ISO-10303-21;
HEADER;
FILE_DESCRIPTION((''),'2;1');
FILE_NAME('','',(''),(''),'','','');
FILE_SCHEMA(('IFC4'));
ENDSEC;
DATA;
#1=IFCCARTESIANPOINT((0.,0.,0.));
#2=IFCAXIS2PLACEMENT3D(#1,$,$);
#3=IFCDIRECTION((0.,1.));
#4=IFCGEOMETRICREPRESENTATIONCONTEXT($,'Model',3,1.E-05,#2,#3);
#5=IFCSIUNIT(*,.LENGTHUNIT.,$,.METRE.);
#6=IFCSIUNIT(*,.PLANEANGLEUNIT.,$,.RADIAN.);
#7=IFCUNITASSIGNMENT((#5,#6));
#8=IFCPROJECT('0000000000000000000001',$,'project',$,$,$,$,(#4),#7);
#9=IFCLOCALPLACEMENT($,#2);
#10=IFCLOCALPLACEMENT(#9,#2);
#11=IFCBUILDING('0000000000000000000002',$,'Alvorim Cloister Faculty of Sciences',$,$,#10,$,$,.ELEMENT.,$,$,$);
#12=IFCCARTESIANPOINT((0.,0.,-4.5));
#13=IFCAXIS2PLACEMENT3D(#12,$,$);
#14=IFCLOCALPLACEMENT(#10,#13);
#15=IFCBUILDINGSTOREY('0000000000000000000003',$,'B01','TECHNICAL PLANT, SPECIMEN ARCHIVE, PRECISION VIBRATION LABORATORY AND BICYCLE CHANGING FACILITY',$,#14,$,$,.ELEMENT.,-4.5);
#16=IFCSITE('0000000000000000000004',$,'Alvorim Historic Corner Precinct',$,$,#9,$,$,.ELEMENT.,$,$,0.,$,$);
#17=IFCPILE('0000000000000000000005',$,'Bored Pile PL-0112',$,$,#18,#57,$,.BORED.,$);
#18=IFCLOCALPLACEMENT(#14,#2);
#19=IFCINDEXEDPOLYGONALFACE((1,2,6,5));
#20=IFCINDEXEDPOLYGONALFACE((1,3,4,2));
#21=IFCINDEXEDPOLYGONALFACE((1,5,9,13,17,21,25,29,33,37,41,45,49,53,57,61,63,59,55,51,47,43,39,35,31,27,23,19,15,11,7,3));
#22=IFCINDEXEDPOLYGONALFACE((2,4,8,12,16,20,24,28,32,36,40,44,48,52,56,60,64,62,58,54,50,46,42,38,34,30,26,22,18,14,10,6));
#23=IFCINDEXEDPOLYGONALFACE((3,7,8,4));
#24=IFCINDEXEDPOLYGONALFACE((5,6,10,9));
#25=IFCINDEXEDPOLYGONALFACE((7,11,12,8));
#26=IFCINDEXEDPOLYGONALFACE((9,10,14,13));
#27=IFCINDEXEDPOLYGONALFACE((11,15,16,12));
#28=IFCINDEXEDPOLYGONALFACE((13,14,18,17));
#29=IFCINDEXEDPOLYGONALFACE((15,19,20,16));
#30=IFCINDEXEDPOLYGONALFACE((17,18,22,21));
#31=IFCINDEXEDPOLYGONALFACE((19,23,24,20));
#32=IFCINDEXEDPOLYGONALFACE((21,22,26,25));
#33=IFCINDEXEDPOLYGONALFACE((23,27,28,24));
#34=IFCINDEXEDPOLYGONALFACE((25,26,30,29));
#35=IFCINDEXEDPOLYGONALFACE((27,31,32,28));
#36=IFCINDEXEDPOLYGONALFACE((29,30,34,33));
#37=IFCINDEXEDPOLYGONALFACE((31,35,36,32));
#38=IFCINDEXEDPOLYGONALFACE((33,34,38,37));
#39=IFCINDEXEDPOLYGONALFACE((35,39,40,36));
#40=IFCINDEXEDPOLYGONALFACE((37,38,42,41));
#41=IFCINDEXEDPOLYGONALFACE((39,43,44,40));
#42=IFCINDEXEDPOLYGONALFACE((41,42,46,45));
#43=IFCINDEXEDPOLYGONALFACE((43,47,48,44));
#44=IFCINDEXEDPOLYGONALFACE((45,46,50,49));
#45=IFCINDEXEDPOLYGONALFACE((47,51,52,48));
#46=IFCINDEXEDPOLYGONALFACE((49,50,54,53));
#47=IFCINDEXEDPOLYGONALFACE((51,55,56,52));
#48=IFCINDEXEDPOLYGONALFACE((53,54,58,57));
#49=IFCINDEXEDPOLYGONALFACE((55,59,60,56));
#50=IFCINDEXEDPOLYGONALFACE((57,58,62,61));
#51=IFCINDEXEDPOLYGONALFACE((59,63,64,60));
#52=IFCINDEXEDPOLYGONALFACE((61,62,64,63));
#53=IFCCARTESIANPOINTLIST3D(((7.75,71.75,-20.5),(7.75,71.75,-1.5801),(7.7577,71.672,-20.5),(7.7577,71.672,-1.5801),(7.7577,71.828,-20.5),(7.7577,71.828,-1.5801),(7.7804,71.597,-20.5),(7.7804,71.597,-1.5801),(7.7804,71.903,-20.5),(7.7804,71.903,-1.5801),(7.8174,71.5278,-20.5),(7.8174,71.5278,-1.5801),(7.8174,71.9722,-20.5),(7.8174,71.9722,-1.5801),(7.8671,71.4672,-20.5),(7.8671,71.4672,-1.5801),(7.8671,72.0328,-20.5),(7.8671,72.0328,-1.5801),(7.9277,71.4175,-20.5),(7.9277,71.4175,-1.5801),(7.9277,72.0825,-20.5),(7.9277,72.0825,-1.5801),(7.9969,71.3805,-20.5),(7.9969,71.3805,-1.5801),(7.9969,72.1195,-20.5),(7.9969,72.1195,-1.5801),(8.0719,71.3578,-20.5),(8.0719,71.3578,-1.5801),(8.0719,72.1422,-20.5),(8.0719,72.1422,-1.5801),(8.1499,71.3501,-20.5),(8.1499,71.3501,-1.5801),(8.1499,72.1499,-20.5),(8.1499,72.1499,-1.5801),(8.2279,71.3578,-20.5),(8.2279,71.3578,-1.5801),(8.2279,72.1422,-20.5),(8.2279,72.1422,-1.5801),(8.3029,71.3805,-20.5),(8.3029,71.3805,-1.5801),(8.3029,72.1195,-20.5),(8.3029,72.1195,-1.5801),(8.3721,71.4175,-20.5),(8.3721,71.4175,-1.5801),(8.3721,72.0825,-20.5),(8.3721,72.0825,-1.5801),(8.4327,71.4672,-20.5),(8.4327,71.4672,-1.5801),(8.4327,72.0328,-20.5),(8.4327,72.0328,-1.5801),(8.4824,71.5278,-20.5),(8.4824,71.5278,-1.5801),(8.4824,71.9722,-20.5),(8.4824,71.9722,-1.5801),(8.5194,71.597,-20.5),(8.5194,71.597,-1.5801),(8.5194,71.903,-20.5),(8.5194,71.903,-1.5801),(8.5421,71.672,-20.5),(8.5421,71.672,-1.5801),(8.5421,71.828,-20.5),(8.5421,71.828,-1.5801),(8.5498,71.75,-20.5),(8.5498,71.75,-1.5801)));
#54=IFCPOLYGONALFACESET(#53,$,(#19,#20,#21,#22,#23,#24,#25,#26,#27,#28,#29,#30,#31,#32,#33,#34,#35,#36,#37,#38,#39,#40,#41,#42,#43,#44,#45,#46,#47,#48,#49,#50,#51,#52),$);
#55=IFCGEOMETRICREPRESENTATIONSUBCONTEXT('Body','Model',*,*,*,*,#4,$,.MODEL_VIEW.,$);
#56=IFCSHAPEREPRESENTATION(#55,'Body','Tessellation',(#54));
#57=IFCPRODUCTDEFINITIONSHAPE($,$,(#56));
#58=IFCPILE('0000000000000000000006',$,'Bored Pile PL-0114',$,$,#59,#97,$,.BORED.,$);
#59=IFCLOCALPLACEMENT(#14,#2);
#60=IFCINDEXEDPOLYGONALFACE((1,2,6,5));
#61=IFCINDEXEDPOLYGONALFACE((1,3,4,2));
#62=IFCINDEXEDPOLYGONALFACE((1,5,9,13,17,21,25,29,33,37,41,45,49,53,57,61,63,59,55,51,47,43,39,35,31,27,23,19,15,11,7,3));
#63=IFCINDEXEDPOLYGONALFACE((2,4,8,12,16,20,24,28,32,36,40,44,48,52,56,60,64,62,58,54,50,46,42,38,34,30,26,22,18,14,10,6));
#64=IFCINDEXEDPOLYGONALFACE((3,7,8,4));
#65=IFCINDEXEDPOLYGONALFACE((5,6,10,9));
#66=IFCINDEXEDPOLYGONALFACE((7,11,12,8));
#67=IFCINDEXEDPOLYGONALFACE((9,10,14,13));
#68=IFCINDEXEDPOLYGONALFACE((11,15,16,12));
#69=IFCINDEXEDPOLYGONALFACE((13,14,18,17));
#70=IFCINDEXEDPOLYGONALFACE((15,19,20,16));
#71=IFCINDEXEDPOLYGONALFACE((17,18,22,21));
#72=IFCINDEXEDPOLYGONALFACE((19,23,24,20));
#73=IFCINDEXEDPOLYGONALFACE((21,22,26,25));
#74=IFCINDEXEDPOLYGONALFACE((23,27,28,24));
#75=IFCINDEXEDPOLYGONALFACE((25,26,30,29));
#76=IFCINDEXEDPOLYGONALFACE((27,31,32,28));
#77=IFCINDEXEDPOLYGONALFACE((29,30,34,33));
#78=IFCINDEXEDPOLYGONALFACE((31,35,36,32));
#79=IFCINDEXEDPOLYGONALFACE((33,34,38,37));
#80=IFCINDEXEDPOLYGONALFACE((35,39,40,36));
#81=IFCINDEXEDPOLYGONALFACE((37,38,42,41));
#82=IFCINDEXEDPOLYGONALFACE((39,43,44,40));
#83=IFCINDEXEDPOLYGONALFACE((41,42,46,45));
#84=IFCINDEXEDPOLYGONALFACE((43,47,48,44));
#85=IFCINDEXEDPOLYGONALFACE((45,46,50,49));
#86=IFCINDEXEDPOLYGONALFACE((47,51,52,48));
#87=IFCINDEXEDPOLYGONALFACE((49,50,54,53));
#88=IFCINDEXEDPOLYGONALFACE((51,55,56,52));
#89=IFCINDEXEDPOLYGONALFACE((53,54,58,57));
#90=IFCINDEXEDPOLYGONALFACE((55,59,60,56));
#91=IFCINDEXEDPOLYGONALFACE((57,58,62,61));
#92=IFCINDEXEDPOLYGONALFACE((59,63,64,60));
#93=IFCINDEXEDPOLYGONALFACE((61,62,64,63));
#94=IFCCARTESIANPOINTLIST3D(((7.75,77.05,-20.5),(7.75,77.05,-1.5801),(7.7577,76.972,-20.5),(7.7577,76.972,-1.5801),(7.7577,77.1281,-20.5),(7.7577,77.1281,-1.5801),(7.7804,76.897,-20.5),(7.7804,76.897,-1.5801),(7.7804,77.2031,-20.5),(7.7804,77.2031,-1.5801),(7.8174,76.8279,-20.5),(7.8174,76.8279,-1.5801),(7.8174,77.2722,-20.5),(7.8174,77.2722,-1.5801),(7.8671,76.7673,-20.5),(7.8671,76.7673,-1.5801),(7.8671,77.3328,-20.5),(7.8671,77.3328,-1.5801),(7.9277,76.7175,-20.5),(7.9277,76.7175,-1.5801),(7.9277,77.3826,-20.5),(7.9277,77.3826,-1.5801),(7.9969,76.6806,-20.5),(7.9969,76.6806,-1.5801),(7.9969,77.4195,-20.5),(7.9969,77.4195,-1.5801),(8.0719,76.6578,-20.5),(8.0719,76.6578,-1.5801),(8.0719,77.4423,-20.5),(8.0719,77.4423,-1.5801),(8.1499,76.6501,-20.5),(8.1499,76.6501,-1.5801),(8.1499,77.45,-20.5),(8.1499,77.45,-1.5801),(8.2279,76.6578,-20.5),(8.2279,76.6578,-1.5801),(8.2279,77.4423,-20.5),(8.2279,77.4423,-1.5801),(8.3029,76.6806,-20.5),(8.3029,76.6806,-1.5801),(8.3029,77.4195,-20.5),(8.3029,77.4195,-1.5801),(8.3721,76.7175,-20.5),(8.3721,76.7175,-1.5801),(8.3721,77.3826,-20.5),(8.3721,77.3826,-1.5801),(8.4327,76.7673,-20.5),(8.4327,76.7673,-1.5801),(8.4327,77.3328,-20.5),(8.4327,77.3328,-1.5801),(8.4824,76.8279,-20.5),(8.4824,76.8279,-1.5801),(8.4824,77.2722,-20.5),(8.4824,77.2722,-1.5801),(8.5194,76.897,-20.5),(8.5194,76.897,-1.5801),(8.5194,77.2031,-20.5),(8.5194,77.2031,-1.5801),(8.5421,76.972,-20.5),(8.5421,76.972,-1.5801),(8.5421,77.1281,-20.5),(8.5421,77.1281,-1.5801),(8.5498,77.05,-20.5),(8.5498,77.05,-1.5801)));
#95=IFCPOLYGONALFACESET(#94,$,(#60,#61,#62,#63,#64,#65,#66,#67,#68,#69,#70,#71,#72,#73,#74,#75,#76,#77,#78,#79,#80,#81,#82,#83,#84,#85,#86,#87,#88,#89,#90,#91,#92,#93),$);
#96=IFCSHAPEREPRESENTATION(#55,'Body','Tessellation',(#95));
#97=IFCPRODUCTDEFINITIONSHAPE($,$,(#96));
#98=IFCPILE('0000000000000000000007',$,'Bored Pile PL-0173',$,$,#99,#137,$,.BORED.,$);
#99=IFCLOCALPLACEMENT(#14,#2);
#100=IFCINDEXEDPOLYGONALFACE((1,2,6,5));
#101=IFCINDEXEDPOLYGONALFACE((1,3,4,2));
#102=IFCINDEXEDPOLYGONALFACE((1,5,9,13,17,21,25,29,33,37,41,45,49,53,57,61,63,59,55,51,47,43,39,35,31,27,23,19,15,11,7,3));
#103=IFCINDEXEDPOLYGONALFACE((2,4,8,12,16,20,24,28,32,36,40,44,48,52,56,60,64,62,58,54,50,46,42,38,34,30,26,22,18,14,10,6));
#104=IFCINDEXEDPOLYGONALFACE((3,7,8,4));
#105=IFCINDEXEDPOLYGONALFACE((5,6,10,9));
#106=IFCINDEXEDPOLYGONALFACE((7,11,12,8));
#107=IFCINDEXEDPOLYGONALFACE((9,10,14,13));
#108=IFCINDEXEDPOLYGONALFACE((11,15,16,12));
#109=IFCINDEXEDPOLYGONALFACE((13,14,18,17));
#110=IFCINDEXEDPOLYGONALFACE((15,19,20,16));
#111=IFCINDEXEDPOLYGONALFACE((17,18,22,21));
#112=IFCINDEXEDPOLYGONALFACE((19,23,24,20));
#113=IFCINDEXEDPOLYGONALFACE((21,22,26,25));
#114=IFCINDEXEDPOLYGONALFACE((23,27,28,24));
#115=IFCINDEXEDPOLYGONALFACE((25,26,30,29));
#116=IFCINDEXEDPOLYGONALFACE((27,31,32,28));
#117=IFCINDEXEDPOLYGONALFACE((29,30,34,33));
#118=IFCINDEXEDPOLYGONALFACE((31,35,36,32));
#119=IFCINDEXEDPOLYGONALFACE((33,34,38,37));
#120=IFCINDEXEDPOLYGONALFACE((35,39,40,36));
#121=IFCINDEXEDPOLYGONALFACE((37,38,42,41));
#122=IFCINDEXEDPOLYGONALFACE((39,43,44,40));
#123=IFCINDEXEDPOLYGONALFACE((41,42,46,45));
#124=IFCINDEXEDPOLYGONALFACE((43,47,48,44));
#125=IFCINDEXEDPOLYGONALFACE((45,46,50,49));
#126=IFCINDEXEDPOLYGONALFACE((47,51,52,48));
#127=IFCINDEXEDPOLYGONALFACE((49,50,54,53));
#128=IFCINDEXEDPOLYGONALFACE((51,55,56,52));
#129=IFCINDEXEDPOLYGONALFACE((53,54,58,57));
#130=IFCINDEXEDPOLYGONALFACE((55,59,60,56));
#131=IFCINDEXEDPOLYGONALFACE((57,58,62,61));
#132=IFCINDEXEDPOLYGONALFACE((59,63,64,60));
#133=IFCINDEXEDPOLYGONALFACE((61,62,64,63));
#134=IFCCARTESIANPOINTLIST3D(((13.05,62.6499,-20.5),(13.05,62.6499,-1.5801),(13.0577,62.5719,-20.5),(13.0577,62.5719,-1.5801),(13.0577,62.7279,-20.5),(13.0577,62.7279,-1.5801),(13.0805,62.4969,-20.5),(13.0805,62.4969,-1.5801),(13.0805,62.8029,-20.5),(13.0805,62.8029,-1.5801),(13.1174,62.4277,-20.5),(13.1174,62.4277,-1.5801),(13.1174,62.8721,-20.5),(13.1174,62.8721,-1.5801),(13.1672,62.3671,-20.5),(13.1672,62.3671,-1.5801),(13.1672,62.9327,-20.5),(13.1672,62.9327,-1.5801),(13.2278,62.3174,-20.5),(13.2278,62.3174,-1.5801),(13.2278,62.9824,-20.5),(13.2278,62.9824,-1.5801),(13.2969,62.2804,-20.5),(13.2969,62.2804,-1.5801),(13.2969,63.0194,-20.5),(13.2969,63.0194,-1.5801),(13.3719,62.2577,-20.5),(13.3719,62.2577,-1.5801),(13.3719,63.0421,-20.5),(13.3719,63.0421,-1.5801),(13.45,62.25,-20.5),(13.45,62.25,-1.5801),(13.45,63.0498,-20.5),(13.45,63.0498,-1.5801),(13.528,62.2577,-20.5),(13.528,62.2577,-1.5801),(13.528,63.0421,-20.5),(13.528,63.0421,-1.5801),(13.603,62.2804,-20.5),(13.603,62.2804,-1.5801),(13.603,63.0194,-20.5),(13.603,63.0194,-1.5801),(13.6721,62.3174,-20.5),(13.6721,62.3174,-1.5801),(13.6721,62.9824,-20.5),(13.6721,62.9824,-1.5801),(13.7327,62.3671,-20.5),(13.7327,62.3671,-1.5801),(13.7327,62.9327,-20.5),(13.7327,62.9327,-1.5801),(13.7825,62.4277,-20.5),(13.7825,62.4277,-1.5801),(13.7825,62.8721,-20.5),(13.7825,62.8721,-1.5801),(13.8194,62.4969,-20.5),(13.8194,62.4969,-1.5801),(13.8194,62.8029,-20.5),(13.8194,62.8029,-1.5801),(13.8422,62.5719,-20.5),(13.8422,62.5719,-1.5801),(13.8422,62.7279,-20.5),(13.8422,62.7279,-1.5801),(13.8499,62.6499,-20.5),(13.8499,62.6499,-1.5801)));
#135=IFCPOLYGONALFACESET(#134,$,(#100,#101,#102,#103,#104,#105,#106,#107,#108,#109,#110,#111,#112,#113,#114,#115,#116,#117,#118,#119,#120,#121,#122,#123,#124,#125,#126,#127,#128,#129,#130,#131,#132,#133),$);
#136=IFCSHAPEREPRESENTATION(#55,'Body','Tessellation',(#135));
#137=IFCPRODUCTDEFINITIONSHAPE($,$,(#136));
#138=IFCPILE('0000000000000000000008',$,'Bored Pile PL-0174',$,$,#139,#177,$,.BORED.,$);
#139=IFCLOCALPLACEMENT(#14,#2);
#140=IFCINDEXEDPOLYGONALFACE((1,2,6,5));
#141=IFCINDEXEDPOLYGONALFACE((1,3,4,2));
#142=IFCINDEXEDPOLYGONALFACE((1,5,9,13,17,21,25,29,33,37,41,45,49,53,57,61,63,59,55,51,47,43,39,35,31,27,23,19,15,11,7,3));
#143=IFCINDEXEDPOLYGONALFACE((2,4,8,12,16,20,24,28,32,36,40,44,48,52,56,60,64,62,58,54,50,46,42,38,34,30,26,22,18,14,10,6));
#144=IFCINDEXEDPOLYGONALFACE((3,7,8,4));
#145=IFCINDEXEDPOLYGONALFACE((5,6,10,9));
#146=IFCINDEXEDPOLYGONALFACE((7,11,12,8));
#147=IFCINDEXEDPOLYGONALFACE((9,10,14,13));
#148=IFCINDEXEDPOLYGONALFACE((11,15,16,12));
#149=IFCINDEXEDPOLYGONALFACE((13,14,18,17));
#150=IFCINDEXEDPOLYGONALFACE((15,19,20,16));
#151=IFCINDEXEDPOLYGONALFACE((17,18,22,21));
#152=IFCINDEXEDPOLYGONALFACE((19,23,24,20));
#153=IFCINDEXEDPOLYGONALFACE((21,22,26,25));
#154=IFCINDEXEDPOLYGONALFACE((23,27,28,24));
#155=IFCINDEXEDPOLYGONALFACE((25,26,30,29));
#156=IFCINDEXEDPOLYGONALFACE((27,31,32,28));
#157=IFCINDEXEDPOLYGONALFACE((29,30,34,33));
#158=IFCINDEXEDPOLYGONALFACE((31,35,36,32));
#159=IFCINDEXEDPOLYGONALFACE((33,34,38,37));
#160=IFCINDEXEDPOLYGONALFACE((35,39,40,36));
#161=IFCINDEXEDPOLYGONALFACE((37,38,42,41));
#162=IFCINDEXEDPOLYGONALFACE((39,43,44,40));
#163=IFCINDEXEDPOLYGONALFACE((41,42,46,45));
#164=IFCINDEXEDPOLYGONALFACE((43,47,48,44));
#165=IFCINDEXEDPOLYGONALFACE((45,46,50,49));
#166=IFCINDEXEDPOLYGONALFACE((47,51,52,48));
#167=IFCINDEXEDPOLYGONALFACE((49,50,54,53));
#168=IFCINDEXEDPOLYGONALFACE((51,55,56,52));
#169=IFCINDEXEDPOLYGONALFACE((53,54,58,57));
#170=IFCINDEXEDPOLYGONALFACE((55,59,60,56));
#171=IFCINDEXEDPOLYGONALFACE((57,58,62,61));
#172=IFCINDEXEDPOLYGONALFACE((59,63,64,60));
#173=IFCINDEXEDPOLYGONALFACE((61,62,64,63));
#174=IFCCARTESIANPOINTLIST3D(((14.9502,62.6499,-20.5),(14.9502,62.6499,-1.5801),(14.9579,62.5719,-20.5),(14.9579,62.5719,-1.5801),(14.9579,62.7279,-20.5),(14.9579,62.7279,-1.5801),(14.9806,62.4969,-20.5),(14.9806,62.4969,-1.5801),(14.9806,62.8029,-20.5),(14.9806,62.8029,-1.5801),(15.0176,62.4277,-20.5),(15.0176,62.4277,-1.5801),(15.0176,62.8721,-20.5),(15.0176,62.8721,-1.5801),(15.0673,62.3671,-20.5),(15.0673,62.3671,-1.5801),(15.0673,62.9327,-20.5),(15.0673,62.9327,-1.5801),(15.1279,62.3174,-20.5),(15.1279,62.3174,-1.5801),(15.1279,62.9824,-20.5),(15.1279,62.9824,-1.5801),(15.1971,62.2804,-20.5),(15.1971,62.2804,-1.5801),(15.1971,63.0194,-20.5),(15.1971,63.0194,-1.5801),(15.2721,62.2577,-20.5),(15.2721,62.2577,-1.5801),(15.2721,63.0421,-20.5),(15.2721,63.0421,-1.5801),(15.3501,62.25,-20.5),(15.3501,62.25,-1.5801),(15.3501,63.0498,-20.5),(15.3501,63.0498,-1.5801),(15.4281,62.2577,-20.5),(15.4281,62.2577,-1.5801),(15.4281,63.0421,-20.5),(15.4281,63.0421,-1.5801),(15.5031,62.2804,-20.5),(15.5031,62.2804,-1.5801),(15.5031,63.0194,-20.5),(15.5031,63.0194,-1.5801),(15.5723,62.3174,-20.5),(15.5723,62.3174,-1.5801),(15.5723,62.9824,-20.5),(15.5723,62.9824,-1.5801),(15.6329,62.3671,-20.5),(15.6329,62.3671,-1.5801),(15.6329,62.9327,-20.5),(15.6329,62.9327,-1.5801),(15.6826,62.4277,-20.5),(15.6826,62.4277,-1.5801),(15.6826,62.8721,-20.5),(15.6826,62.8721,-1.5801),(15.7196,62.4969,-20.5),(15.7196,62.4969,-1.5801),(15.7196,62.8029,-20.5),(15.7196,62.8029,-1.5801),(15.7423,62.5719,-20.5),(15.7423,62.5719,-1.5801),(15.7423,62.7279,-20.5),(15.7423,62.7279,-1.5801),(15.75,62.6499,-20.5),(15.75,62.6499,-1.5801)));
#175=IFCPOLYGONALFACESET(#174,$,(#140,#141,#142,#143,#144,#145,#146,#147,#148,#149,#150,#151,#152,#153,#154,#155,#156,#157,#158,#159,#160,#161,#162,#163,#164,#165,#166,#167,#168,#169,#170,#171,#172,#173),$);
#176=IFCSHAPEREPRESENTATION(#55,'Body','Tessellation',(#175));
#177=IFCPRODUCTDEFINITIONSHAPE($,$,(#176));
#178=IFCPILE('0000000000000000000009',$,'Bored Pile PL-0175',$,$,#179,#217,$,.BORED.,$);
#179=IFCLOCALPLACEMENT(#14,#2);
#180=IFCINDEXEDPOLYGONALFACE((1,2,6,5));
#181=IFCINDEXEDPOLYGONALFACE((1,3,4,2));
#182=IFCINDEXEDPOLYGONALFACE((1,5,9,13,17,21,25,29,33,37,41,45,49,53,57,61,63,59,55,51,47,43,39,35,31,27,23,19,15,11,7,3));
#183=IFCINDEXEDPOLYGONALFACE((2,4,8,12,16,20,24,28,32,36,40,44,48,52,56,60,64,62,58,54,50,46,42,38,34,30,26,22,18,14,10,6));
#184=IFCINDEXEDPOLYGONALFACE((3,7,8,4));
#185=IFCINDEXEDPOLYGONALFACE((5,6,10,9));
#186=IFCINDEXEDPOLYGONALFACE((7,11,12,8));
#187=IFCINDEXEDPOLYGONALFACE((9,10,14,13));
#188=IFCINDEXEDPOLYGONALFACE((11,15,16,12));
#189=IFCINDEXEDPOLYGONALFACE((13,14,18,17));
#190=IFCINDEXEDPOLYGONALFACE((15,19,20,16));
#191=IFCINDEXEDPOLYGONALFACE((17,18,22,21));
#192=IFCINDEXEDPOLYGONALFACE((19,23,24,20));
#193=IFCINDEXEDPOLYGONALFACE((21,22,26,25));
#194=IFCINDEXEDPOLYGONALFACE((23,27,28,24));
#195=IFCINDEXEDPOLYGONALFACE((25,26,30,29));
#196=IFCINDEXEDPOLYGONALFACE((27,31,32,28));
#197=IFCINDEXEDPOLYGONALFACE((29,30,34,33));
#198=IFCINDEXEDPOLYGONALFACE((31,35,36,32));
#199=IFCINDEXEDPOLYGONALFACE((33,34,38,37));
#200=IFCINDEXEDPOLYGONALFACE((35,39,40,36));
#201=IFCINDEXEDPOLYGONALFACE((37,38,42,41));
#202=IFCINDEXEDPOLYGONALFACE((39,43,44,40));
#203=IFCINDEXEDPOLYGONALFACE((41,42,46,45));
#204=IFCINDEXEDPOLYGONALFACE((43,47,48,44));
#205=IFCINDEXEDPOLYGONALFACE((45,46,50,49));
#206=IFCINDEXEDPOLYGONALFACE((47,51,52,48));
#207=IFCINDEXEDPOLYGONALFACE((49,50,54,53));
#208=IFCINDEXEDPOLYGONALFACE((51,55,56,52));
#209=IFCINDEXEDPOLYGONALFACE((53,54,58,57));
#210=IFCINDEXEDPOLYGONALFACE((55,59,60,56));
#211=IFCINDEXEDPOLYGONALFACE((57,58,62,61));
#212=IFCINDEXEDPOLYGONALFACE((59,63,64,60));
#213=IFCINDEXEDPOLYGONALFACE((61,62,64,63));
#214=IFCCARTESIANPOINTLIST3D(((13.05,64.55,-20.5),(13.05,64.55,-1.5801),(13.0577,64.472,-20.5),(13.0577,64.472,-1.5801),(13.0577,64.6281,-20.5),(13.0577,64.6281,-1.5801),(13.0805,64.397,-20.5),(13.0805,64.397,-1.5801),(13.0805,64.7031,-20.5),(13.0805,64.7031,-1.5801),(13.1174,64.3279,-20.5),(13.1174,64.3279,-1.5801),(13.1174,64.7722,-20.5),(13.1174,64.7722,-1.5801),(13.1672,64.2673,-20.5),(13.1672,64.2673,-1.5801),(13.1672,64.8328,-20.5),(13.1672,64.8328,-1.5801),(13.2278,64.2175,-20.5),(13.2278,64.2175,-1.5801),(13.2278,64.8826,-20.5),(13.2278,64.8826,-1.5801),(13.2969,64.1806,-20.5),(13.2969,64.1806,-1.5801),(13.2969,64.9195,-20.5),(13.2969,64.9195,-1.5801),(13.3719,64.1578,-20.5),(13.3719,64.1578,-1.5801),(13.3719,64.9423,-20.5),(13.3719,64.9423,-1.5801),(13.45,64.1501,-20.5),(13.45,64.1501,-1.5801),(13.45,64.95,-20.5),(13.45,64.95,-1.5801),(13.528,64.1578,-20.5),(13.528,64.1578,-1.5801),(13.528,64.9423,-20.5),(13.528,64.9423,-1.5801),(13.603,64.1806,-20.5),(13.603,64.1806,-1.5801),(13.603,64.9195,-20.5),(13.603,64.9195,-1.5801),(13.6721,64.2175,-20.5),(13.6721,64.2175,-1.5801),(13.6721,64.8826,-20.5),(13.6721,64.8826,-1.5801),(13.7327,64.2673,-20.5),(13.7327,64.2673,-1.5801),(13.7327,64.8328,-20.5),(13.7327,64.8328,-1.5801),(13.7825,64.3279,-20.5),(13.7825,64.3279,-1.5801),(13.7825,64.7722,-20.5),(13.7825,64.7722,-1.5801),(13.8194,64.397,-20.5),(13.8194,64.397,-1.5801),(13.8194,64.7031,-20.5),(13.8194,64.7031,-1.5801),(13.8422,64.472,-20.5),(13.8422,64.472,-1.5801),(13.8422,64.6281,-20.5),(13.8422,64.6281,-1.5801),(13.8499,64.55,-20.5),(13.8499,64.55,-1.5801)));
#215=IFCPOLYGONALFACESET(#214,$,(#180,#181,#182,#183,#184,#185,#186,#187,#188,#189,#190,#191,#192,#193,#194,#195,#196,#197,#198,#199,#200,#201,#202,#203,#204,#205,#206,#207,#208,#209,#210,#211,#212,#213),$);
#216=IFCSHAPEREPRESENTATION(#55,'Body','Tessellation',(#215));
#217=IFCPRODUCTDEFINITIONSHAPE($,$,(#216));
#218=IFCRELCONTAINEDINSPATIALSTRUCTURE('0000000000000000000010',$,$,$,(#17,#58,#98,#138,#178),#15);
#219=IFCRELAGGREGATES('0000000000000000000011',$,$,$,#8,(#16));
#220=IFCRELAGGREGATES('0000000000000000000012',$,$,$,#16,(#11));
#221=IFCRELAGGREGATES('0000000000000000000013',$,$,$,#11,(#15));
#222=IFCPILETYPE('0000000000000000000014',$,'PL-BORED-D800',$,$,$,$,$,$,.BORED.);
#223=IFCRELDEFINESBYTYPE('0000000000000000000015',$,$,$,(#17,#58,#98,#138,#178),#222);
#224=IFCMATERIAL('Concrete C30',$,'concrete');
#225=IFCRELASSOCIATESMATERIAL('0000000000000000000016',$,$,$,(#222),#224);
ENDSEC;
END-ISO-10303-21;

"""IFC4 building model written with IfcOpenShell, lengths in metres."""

from ifc_helpers import new_model, si_unit, direction, frame, origin, origin_2d, place, context, subcontext, project, spatial, circle, extrude, material, material_profile, profile_set, type_object, element, save


model = new_model("IFC4")

# Units and contexts
model_context = context("Model", 3, precision=1e-05, world=origin(), true_north=direction((0.0, 1.0)))
body_context = subcontext(model_context, "Body", "Model", "MODEL_VIEW")
ifc_project = project(units=[si_unit("LENGTHUNIT", "METRE"), si_unit("PLANEANGLEUNIT", "RADIAN")], contexts=[model_context])

# Site, building, storey
site_placement = place(None, origin())
site = spatial("IfcSite", under=ifc_project, at=site_placement, Name="Alvorim Historic Corner Precinct", CompositionType="ELEMENT", RefElevation=0.0)
building_placement = place(site_placement, origin())
building = spatial("IfcBuilding", under=site, at=building_placement, Name="Alvorim Cloister Faculty of Sciences", CompositionType="ELEMENT")
storey_placement = place(building_placement, frame((0.0, 0.0, -4.5)))
storey = spatial("IfcBuildingStorey", under=building, at=storey_placement, Name="B01", Description="TECHNICAL PLANT, SPECIMEN ARCHIVE, PRECISION VIBRATION LABORATORY AND BICYCLE CHANGING FACILITY", CompositionType="ELEMENT", Elevation=-4.5)

# Piles
ifc_material_1 = material(Name="Concrete C30", Category="concrete")
ifc_material_profile_1 = material_profile(ifc_material_1, circle(Radius=0.3999, at=origin_2d()), Name="PILE-D800")
ifc_profile_set_1 = profile_set([ifc_material_profile_1], Name="Concrete C30")
pile_type = type_object("IfcPileType", Name="PL-BORED-D800", PredefinedType="BORED", material=ifc_profile_set_1)
for number, where, z_axis, x_axis, name in (
    (1, (8.1499, 71.75, -1.5801), (0.0, 0.0, -1.0), (1.0, 0.0, 0.0), "Bored Pile PL-0112"),
    (2, (8.1499, 77.05, -1.5801), (0.0, 0.0, -1.0), (1.0, 0.0, 0.0), "Bored Pile PL-0114"),
    (3, (13.45, 62.6499, -1.5801), (0.0, 0.0, -1.0), (1.0, 0.0, 0.0), "Bored Pile PL-0173"),
    (4, (15.3501, 62.6499, -1.5801), (0.0, 0.0, -1.0), (1.0, 0.0, 0.0), "Bored Pile PL-0174"),
    (5, (13.45, 64.55, -1.5801), (0.0, 0.0, -1.0), (1.0, 0.0, 0.0), "Bored Pile PL-0175"),
):
    element("IfcPile", number, at=place(storey_placement, frame(where, z_axis=z_axis, x_axis=x_axis)), inside=storey, type_object=pile_type, Name=name, PredefinedType="BORED", context=body_context, shape_type="SweptSolid", body=[
        extrude(circle(Radius=0.3999, at=origin_2d()), origin(), (0.0, 0.0, 1.0), 18.9199),
    ])

save(model, "model.ifc")
